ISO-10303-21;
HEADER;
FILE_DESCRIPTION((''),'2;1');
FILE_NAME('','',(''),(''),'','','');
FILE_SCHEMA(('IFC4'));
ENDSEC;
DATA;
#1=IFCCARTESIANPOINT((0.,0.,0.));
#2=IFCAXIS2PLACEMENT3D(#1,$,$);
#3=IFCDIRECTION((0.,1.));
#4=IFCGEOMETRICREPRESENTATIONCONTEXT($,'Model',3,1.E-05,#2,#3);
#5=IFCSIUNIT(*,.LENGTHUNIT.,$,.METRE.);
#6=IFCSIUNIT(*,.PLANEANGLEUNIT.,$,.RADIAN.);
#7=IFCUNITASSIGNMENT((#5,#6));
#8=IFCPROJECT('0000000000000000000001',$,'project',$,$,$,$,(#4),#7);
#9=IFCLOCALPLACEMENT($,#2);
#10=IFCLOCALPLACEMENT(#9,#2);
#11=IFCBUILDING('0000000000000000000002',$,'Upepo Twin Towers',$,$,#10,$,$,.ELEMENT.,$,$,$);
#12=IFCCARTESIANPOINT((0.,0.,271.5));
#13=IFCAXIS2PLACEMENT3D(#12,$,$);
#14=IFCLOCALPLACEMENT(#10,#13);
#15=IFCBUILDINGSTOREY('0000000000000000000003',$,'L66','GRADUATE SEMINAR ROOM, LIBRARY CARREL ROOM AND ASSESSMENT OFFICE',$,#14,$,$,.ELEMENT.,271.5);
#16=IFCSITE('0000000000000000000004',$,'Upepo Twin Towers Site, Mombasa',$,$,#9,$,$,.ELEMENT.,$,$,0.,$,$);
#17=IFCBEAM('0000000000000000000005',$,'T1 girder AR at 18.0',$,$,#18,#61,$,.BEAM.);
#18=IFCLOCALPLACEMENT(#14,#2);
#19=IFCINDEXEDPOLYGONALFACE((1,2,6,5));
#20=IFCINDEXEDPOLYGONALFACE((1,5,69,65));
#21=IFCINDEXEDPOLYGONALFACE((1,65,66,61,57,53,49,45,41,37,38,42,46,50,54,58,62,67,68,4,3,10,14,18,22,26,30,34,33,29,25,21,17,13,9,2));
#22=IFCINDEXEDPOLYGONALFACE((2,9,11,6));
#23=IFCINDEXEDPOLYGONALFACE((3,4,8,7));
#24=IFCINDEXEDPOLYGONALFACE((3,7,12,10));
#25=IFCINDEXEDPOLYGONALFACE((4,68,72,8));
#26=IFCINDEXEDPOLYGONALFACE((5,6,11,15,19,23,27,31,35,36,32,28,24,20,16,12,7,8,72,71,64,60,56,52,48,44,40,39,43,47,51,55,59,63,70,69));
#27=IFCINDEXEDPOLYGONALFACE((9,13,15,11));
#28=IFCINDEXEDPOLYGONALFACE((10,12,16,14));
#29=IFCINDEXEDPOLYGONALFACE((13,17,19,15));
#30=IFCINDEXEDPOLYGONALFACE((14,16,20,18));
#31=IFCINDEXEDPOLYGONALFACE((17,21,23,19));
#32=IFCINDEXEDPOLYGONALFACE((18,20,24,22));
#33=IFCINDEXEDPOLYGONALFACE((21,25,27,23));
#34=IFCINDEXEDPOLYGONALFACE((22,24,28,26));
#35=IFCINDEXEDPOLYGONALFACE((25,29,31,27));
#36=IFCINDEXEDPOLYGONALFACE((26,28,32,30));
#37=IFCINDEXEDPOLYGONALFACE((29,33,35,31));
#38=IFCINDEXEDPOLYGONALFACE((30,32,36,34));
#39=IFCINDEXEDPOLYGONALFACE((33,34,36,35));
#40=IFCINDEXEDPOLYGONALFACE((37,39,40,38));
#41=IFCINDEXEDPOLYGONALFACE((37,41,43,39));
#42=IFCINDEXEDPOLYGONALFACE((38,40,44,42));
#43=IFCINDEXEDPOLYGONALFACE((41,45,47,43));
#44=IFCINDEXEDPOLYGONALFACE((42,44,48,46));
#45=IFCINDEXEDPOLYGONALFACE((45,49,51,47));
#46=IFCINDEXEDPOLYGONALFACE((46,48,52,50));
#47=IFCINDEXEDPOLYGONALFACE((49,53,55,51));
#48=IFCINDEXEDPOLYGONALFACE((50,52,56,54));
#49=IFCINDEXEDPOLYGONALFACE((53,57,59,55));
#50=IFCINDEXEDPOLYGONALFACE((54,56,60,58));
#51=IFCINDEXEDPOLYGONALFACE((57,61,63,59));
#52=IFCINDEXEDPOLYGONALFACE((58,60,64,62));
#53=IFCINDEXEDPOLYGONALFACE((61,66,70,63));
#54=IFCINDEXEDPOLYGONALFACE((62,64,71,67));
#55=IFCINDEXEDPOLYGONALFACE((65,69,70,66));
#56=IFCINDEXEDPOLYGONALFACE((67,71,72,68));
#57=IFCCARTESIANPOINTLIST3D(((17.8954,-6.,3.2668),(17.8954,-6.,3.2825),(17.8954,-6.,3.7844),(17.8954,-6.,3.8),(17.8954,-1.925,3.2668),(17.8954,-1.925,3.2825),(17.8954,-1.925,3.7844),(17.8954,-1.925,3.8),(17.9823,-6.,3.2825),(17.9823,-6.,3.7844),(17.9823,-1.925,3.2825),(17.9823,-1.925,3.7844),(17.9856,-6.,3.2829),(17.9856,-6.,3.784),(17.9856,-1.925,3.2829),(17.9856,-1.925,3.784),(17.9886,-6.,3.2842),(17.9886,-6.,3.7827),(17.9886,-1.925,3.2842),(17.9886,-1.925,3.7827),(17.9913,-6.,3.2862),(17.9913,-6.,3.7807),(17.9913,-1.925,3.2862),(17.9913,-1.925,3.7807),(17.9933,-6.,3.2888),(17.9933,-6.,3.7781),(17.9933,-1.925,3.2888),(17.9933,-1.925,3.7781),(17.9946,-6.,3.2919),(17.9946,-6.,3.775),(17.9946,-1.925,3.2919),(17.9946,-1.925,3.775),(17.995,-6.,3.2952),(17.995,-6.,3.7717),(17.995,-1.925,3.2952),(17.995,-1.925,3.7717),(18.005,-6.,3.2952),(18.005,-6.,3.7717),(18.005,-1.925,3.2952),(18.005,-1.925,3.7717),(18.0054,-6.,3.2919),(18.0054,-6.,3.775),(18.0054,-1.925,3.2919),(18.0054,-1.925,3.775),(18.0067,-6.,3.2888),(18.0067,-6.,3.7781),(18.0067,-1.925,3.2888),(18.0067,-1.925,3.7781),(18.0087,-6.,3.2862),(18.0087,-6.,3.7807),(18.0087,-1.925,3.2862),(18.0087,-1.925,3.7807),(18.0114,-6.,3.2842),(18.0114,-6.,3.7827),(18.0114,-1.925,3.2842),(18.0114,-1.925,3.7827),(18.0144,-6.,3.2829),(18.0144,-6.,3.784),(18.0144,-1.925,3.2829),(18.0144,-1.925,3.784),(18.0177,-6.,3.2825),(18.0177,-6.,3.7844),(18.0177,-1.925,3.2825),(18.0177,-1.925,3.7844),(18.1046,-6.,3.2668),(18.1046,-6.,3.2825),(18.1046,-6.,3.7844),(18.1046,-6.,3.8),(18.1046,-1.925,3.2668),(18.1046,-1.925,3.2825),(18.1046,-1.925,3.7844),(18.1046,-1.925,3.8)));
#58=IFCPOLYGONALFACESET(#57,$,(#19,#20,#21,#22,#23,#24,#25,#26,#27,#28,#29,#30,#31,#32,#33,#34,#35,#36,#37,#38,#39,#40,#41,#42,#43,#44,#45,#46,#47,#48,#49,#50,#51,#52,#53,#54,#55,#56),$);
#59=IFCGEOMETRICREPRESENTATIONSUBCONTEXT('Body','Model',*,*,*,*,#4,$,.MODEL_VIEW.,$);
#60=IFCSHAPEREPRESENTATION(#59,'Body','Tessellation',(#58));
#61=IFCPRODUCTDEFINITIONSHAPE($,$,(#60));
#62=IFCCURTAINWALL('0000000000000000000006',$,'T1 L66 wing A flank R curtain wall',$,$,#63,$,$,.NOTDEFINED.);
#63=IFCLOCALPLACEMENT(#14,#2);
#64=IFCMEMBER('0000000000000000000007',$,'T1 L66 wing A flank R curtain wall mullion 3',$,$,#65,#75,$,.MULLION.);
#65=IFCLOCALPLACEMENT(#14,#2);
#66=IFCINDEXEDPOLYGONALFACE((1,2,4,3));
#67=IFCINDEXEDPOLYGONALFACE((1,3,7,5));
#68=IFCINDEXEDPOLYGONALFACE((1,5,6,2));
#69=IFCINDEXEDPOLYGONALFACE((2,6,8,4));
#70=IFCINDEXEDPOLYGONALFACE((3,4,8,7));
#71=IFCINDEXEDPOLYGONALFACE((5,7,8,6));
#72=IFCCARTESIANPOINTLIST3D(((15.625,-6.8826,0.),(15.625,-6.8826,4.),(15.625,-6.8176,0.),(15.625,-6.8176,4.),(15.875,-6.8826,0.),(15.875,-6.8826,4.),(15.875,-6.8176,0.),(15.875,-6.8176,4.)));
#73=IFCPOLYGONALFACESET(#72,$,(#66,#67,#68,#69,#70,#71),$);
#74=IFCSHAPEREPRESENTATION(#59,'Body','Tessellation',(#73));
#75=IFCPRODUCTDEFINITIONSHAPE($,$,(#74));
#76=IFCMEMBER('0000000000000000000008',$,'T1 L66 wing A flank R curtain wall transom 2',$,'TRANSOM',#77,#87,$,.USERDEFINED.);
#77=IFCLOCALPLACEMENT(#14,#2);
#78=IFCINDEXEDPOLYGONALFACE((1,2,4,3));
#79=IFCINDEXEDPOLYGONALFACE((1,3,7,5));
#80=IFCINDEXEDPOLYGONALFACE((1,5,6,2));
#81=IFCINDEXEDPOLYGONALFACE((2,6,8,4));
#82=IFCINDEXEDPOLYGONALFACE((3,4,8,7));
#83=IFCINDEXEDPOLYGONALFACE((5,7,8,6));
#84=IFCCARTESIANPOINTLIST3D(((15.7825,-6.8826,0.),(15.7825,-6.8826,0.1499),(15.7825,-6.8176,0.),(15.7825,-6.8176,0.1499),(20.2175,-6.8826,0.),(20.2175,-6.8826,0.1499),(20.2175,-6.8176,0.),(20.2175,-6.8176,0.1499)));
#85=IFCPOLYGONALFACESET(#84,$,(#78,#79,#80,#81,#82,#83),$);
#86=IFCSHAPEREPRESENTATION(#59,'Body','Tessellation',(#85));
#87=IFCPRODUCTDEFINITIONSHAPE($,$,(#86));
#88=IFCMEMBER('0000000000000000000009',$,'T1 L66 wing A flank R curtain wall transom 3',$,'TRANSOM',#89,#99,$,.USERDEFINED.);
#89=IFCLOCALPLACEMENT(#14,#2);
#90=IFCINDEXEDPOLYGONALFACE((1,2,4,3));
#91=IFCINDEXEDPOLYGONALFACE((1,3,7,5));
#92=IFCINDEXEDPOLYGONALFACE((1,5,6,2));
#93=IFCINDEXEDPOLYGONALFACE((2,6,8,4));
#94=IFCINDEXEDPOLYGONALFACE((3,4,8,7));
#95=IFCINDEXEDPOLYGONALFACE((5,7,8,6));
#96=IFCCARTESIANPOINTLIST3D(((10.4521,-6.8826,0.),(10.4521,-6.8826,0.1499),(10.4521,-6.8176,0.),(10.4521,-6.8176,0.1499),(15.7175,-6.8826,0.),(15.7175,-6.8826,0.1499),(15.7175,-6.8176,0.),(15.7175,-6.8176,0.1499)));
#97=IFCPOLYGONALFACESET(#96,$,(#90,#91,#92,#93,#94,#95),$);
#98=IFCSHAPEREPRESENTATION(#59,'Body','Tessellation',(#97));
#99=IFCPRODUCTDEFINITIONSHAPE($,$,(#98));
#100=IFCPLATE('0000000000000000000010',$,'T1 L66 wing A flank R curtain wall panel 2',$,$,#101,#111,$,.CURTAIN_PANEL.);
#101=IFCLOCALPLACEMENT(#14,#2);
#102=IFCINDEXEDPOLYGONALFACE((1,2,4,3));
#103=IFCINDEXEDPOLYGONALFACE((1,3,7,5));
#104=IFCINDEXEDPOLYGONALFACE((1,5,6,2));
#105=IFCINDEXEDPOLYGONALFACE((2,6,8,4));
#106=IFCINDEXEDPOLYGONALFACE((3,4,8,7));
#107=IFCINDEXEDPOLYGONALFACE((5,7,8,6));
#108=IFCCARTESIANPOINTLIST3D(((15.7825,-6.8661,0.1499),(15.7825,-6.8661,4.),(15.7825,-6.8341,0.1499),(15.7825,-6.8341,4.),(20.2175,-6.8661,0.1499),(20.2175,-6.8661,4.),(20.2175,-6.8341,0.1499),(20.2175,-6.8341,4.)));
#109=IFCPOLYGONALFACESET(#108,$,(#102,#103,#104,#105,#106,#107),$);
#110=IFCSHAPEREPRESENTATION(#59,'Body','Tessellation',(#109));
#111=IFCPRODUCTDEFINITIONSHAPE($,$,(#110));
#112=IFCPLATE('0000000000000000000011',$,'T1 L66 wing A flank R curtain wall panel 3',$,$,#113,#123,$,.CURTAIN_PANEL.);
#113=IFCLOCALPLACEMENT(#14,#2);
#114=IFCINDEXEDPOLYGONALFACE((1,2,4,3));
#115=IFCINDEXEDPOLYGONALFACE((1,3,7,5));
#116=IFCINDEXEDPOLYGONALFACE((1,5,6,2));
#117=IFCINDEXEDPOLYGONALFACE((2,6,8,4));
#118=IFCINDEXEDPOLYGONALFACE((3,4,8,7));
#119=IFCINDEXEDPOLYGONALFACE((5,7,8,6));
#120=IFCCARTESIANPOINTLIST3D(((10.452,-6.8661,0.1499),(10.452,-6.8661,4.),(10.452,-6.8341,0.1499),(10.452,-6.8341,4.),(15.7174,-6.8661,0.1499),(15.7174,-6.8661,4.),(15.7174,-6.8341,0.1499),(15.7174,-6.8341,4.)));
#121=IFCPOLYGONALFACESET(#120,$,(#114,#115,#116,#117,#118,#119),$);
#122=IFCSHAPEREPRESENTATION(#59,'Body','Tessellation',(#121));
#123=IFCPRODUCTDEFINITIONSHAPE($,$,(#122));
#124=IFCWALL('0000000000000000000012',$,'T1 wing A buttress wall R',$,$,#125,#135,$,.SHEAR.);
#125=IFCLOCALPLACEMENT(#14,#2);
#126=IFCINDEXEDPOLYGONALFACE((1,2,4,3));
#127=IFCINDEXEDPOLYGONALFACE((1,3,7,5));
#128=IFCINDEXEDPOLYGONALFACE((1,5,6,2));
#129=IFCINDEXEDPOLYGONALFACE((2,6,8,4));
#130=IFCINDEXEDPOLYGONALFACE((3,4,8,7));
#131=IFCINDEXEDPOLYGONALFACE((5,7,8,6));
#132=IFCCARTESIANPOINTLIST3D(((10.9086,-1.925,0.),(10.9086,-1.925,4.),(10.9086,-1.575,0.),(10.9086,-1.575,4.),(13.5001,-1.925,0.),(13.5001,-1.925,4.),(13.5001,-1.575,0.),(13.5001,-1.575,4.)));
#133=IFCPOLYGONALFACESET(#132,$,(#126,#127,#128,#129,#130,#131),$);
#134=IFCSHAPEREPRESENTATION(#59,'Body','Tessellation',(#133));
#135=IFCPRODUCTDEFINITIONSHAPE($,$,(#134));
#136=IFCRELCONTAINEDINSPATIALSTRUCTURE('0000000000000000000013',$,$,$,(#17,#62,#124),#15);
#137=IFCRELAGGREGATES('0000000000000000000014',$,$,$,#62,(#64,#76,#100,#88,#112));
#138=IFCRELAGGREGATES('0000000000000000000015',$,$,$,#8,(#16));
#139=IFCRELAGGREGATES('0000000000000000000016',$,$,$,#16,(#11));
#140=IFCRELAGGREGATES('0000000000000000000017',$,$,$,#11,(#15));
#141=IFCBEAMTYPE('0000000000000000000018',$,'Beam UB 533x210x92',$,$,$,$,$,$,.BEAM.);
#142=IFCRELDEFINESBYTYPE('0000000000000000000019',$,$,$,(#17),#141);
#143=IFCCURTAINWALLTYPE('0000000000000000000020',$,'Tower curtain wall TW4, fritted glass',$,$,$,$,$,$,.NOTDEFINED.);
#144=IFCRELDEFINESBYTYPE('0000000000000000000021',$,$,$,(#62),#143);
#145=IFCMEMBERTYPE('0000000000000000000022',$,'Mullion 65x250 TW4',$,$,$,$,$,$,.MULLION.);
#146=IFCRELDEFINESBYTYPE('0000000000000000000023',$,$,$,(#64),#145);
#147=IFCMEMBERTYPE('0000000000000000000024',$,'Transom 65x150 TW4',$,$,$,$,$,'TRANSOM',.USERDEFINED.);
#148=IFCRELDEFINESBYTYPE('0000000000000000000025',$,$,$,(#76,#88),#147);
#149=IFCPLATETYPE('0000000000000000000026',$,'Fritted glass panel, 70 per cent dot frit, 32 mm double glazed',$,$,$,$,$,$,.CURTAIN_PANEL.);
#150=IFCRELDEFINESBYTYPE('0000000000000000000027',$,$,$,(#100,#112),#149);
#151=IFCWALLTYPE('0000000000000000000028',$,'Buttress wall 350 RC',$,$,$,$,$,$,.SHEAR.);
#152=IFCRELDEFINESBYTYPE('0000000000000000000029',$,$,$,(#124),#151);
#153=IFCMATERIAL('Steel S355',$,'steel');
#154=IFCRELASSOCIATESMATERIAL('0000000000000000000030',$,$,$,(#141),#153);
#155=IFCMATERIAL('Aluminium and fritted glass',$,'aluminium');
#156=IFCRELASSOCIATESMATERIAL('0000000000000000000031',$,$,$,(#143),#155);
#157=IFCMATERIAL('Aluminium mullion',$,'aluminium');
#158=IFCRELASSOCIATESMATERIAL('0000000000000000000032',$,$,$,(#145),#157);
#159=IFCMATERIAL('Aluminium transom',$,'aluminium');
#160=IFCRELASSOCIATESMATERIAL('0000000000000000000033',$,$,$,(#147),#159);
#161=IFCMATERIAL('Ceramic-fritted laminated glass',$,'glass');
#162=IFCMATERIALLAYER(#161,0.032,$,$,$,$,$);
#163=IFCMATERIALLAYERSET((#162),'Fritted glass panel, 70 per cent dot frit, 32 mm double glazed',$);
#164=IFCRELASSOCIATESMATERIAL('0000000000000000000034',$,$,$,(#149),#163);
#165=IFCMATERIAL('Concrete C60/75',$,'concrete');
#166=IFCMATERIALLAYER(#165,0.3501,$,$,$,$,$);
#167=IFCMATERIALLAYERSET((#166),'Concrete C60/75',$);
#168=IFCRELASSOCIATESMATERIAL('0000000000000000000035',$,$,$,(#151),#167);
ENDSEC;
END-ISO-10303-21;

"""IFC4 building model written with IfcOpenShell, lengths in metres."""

from ifc_helpers import new_model, si_unit, direction, frame, frame_2d, origin, origin_2d, place, context, subcontext, project, spatial, rectangle, i_section, extrude, material, layer, layer_set, material_profile, profile_set, type_object, element, aggregate, save


model = new_model("IFC4")

# Units and contexts
model_context = context("Model", 3, precision=1e-05, world=origin(), true_north=direction((0.0, 1.0)))
body_context = subcontext(model_context, "Body", "Model", "MODEL_VIEW")
ifc_project = project(units=[si_unit("LENGTHUNIT", "METRE"), si_unit("PLANEANGLEUNIT", "RADIAN")], contexts=[model_context])

# Site, building, storey
site_placement = place(None, origin())
site = spatial("IfcSite", under=ifc_project, at=site_placement, Name="Upepo Twin Towers Site, Mombasa", CompositionType="ELEMENT", RefElevation=0.0)
building_placement = place(site_placement, origin())
building = spatial("IfcBuilding", under=site, at=building_placement, Name="Upepo Twin Towers", CompositionType="ELEMENT")
storey_placement = place(building_placement, frame((0.0, 0.0, 271.5)))
storey = spatial("IfcBuildingStorey", under=building, at=storey_placement, Name="L66", Description="GRADUATE SEMINAR ROOM, LIBRARY CARREL ROOM AND ASSESSMENT OFFICE", CompositionType="ELEMENT", Elevation=271.5)

# Beam
ifc_material_1 = material(Name="Steel S355", Category="steel")
ifc_material_profile_1 = material_profile(ifc_material_1, i_section(OverallWidth=0.2092, OverallDepth=0.5332, WebThickness=0.01, FlangeThickness=0.0156, FilletRadius=0.0127, at=origin_2d()), Name="UB 533x210x92")
ifc_profile_set_1 = profile_set([ifc_material_profile_1], Name="Steel S355")
beam_type_1 = type_object("IfcBeamType", Name="Beam UB 533x210x92", PredefinedType="BEAM", material=ifc_profile_set_1)
for number, where, z_axis, x_axis, name in (
    (1, (18.0, -6.0, 3.5334), (0.0, 1.0, 0.0), (-1.0, 0.0, 0.0), "T1 girder AR at 18.0"),
):
    element("IfcBeam", number, at=place(storey_placement, frame(where, z_axis=z_axis, x_axis=x_axis)), inside=storey, type_object=beam_type_1, Name=name, PredefinedType="BEAM", context=body_context, shape_type="SweptSolid", body=[
        extrude(i_section(OverallWidth=0.2092, OverallDepth=0.5332, WebThickness=0.01, FlangeThickness=0.0156, FilletRadius=0.0127, at=origin_2d()), origin(), (0.0, 0.0, 1.0), 4.075),
    ])

# Curtain wall, members, plates
ifc_material_2 = material(Name="Aluminium and fritted glass", Category="aluminium")
curtain_wall_type = type_object("IfcCurtainWallType", Name="Tower curtain wall TW4, fritted glass", PredefinedType="NOTDEFINED", material=ifc_material_2)
curtain_wall_placement = place(storey_placement, origin())
curtain_wall = element("IfcCurtainWall", 2, at=curtain_wall_placement, inside=storey, type_object=curtain_wall_type, Name="T1 L66 wing A flank R curtain wall", PredefinedType="NOTDEFINED")
ifc_material_3 = material(Name="Aluminium mullion", Category="aluminium")
ifc_material_profile_2 = material_profile(ifc_material_3, rectangle(XDim=0.0649, YDim=0.25, at=origin_2d()), Name="MULLION 65x250")
ifc_profile_set_2 = profile_set([ifc_material_profile_2], Name="Aluminium mullion")
member_type_1 = type_object("IfcMemberType", Name="Mullion 65x250 TW4", PredefinedType="MULLION", material=ifc_profile_set_2)
member_1_placement = place(storey_placement, frame((15.75, -6.8501, 0.0), z_axis=(0.0, 0.0, 1.0), x_axis=(0.0, -1.0, 0.0)))
member_1 = element("IfcMember", 3, at=member_1_placement, type_object=member_type_1, Name="T1 L66 wing A flank R curtain wall mullion 3", PredefinedType="MULLION", context=body_context, shape_type="SweptSolid", body=[
    extrude(rectangle(XDim=0.0649, YDim=0.25, at=origin_2d()), origin(), (0.0, 0.0, 1.0), 4.0),
])
ifc_material_4 = material(Name="Aluminium transom", Category="aluminium")
ifc_material_profile_3 = material_profile(ifc_material_4, rectangle(XDim=0.0649, YDim=0.1499, at=origin_2d()), Name="TRANSOM 65x150")
ifc_profile_set_3 = profile_set([ifc_material_profile_3], Name="Aluminium transom")
member_type_2 = type_object("IfcMemberType", Name="Transom 65x150 TW4", ElementType="TRANSOM", PredefinedType="USERDEFINED", material=ifc_profile_set_3)
member_2_placement = place(storey_placement, frame((20.2175, -6.8501, 0.075), z_axis=(-1.0, 0.0, 0.0), x_axis=(0.0, -1.0, 0.0)))
member_2 = element("IfcMember", 4, at=member_2_placement, type_object=member_type_2, Name="T1 L66 wing A flank R curtain wall transom 2", ObjectType="TRANSOM", PredefinedType="USERDEFINED", context=body_context, shape_type="SweptSolid", body=[
    extrude(rectangle(XDim=0.0649, YDim=0.1499, at=origin_2d()), origin(), (0.0, 0.0, 1.0), 4.4351),
])
member_3_placement = place(storey_placement, frame((15.7175, -6.8501, 0.075), z_axis=(-1.0, 0.0, 0.0), x_axis=(0.0, -1.0, 0.0)))
member_3 = element("IfcMember", 5, at=member_3_placement, type_object=member_type_2, Name="T1 L66 wing A flank R curtain wall transom 3", ObjectType="TRANSOM", PredefinedType="USERDEFINED", context=body_context, shape_type="SweptSolid", body=[
    extrude(rectangle(XDim=0.0649, YDim=0.1499, at=origin_2d()), origin(), (0.0, 0.0, 1.0), 5.2654),
])
ifc_material_5 = material(Name="Ceramic-fritted laminated glass", Category="glass")
ifc_layer_1 = layer(ifc_material_5, 0.032)
ifc_layer_set_1 = layer_set([ifc_layer_1], Name="Fritted glass panel, 70 per cent dot frit, 32 mm double glazed")
plate_type = type_object("IfcPlateType", Name="Fritted glass panel, 70 per cent dot frit, 32 mm double glazed", PredefinedType="CURTAIN_PANEL", material=ifc_layer_set_1)
plate_1_placement = place(storey_placement, frame((18.0, -6.8501, 0.1499), z_axis=(0.0, 0.0, 1.0), x_axis=(-1.0, 0.0, 0.0)))
plate_1 = element("IfcPlate", 6, at=plate_1_placement, type_object=plate_type, Name="T1 L66 wing A flank R curtain wall panel 2", PredefinedType="CURTAIN_PANEL", context=body_context, shape_type="SweptSolid", body=[
    extrude(rectangle(XDim=4.4351, YDim=0.032, at=origin_2d()), origin(), (0.0, 0.0, 1.0), 3.8501),
])
plate_2_placement = place(storey_placement, frame((13.0847, -6.8501, 0.1499), z_axis=(0.0, 0.0, 1.0), x_axis=(-1.0, 0.0, 0.0)))
plate_2 = element("IfcPlate", 7, at=plate_2_placement, type_object=plate_type, Name="T1 L66 wing A flank R curtain wall panel 3", PredefinedType="CURTAIN_PANEL", context=body_context, shape_type="SweptSolid", body=[
    extrude(rectangle(XDim=5.2654, YDim=0.032, at=origin_2d()), origin(), (0.0, 0.0, 1.0), 3.8501),
])
aggregate(curtain_wall, [member_1, member_2, plate_1, member_3, plate_2])

# Wall
ifc_material_6 = material(Name="Concrete C60/75", Category="concrete")
ifc_layer_2 = layer(ifc_material_6, 0.3501)
ifc_layer_set_2 = layer_set([ifc_layer_2], Name="Concrete C60/75")
wall_type_1 = type_object("IfcWallType", Name="Buttress wall 350 RC", PredefinedType="SHEAR", material=ifc_layer_set_2)
wall_1_placement = place(storey_placement, frame((10.9084, -1.75, 0.0), z_axis=(0.0, 0.0, 1.0), x_axis=(1.0, 0.0, 0.0)))
element("IfcWall", 8, at=wall_1_placement, inside=storey, type_object=wall_type_1, Name="T1 wing A buttress wall R", PredefinedType="SHEAR", context=body_context, shape_type="SweptSolid", body=[
    extrude(rectangle(XDim=2.5916, YDim=0.3501, at=frame_2d((1.2959, 0.0))), origin(), (0.0, 0.0, 1.0), 4.0),
])

save(model, "model.ifc")
